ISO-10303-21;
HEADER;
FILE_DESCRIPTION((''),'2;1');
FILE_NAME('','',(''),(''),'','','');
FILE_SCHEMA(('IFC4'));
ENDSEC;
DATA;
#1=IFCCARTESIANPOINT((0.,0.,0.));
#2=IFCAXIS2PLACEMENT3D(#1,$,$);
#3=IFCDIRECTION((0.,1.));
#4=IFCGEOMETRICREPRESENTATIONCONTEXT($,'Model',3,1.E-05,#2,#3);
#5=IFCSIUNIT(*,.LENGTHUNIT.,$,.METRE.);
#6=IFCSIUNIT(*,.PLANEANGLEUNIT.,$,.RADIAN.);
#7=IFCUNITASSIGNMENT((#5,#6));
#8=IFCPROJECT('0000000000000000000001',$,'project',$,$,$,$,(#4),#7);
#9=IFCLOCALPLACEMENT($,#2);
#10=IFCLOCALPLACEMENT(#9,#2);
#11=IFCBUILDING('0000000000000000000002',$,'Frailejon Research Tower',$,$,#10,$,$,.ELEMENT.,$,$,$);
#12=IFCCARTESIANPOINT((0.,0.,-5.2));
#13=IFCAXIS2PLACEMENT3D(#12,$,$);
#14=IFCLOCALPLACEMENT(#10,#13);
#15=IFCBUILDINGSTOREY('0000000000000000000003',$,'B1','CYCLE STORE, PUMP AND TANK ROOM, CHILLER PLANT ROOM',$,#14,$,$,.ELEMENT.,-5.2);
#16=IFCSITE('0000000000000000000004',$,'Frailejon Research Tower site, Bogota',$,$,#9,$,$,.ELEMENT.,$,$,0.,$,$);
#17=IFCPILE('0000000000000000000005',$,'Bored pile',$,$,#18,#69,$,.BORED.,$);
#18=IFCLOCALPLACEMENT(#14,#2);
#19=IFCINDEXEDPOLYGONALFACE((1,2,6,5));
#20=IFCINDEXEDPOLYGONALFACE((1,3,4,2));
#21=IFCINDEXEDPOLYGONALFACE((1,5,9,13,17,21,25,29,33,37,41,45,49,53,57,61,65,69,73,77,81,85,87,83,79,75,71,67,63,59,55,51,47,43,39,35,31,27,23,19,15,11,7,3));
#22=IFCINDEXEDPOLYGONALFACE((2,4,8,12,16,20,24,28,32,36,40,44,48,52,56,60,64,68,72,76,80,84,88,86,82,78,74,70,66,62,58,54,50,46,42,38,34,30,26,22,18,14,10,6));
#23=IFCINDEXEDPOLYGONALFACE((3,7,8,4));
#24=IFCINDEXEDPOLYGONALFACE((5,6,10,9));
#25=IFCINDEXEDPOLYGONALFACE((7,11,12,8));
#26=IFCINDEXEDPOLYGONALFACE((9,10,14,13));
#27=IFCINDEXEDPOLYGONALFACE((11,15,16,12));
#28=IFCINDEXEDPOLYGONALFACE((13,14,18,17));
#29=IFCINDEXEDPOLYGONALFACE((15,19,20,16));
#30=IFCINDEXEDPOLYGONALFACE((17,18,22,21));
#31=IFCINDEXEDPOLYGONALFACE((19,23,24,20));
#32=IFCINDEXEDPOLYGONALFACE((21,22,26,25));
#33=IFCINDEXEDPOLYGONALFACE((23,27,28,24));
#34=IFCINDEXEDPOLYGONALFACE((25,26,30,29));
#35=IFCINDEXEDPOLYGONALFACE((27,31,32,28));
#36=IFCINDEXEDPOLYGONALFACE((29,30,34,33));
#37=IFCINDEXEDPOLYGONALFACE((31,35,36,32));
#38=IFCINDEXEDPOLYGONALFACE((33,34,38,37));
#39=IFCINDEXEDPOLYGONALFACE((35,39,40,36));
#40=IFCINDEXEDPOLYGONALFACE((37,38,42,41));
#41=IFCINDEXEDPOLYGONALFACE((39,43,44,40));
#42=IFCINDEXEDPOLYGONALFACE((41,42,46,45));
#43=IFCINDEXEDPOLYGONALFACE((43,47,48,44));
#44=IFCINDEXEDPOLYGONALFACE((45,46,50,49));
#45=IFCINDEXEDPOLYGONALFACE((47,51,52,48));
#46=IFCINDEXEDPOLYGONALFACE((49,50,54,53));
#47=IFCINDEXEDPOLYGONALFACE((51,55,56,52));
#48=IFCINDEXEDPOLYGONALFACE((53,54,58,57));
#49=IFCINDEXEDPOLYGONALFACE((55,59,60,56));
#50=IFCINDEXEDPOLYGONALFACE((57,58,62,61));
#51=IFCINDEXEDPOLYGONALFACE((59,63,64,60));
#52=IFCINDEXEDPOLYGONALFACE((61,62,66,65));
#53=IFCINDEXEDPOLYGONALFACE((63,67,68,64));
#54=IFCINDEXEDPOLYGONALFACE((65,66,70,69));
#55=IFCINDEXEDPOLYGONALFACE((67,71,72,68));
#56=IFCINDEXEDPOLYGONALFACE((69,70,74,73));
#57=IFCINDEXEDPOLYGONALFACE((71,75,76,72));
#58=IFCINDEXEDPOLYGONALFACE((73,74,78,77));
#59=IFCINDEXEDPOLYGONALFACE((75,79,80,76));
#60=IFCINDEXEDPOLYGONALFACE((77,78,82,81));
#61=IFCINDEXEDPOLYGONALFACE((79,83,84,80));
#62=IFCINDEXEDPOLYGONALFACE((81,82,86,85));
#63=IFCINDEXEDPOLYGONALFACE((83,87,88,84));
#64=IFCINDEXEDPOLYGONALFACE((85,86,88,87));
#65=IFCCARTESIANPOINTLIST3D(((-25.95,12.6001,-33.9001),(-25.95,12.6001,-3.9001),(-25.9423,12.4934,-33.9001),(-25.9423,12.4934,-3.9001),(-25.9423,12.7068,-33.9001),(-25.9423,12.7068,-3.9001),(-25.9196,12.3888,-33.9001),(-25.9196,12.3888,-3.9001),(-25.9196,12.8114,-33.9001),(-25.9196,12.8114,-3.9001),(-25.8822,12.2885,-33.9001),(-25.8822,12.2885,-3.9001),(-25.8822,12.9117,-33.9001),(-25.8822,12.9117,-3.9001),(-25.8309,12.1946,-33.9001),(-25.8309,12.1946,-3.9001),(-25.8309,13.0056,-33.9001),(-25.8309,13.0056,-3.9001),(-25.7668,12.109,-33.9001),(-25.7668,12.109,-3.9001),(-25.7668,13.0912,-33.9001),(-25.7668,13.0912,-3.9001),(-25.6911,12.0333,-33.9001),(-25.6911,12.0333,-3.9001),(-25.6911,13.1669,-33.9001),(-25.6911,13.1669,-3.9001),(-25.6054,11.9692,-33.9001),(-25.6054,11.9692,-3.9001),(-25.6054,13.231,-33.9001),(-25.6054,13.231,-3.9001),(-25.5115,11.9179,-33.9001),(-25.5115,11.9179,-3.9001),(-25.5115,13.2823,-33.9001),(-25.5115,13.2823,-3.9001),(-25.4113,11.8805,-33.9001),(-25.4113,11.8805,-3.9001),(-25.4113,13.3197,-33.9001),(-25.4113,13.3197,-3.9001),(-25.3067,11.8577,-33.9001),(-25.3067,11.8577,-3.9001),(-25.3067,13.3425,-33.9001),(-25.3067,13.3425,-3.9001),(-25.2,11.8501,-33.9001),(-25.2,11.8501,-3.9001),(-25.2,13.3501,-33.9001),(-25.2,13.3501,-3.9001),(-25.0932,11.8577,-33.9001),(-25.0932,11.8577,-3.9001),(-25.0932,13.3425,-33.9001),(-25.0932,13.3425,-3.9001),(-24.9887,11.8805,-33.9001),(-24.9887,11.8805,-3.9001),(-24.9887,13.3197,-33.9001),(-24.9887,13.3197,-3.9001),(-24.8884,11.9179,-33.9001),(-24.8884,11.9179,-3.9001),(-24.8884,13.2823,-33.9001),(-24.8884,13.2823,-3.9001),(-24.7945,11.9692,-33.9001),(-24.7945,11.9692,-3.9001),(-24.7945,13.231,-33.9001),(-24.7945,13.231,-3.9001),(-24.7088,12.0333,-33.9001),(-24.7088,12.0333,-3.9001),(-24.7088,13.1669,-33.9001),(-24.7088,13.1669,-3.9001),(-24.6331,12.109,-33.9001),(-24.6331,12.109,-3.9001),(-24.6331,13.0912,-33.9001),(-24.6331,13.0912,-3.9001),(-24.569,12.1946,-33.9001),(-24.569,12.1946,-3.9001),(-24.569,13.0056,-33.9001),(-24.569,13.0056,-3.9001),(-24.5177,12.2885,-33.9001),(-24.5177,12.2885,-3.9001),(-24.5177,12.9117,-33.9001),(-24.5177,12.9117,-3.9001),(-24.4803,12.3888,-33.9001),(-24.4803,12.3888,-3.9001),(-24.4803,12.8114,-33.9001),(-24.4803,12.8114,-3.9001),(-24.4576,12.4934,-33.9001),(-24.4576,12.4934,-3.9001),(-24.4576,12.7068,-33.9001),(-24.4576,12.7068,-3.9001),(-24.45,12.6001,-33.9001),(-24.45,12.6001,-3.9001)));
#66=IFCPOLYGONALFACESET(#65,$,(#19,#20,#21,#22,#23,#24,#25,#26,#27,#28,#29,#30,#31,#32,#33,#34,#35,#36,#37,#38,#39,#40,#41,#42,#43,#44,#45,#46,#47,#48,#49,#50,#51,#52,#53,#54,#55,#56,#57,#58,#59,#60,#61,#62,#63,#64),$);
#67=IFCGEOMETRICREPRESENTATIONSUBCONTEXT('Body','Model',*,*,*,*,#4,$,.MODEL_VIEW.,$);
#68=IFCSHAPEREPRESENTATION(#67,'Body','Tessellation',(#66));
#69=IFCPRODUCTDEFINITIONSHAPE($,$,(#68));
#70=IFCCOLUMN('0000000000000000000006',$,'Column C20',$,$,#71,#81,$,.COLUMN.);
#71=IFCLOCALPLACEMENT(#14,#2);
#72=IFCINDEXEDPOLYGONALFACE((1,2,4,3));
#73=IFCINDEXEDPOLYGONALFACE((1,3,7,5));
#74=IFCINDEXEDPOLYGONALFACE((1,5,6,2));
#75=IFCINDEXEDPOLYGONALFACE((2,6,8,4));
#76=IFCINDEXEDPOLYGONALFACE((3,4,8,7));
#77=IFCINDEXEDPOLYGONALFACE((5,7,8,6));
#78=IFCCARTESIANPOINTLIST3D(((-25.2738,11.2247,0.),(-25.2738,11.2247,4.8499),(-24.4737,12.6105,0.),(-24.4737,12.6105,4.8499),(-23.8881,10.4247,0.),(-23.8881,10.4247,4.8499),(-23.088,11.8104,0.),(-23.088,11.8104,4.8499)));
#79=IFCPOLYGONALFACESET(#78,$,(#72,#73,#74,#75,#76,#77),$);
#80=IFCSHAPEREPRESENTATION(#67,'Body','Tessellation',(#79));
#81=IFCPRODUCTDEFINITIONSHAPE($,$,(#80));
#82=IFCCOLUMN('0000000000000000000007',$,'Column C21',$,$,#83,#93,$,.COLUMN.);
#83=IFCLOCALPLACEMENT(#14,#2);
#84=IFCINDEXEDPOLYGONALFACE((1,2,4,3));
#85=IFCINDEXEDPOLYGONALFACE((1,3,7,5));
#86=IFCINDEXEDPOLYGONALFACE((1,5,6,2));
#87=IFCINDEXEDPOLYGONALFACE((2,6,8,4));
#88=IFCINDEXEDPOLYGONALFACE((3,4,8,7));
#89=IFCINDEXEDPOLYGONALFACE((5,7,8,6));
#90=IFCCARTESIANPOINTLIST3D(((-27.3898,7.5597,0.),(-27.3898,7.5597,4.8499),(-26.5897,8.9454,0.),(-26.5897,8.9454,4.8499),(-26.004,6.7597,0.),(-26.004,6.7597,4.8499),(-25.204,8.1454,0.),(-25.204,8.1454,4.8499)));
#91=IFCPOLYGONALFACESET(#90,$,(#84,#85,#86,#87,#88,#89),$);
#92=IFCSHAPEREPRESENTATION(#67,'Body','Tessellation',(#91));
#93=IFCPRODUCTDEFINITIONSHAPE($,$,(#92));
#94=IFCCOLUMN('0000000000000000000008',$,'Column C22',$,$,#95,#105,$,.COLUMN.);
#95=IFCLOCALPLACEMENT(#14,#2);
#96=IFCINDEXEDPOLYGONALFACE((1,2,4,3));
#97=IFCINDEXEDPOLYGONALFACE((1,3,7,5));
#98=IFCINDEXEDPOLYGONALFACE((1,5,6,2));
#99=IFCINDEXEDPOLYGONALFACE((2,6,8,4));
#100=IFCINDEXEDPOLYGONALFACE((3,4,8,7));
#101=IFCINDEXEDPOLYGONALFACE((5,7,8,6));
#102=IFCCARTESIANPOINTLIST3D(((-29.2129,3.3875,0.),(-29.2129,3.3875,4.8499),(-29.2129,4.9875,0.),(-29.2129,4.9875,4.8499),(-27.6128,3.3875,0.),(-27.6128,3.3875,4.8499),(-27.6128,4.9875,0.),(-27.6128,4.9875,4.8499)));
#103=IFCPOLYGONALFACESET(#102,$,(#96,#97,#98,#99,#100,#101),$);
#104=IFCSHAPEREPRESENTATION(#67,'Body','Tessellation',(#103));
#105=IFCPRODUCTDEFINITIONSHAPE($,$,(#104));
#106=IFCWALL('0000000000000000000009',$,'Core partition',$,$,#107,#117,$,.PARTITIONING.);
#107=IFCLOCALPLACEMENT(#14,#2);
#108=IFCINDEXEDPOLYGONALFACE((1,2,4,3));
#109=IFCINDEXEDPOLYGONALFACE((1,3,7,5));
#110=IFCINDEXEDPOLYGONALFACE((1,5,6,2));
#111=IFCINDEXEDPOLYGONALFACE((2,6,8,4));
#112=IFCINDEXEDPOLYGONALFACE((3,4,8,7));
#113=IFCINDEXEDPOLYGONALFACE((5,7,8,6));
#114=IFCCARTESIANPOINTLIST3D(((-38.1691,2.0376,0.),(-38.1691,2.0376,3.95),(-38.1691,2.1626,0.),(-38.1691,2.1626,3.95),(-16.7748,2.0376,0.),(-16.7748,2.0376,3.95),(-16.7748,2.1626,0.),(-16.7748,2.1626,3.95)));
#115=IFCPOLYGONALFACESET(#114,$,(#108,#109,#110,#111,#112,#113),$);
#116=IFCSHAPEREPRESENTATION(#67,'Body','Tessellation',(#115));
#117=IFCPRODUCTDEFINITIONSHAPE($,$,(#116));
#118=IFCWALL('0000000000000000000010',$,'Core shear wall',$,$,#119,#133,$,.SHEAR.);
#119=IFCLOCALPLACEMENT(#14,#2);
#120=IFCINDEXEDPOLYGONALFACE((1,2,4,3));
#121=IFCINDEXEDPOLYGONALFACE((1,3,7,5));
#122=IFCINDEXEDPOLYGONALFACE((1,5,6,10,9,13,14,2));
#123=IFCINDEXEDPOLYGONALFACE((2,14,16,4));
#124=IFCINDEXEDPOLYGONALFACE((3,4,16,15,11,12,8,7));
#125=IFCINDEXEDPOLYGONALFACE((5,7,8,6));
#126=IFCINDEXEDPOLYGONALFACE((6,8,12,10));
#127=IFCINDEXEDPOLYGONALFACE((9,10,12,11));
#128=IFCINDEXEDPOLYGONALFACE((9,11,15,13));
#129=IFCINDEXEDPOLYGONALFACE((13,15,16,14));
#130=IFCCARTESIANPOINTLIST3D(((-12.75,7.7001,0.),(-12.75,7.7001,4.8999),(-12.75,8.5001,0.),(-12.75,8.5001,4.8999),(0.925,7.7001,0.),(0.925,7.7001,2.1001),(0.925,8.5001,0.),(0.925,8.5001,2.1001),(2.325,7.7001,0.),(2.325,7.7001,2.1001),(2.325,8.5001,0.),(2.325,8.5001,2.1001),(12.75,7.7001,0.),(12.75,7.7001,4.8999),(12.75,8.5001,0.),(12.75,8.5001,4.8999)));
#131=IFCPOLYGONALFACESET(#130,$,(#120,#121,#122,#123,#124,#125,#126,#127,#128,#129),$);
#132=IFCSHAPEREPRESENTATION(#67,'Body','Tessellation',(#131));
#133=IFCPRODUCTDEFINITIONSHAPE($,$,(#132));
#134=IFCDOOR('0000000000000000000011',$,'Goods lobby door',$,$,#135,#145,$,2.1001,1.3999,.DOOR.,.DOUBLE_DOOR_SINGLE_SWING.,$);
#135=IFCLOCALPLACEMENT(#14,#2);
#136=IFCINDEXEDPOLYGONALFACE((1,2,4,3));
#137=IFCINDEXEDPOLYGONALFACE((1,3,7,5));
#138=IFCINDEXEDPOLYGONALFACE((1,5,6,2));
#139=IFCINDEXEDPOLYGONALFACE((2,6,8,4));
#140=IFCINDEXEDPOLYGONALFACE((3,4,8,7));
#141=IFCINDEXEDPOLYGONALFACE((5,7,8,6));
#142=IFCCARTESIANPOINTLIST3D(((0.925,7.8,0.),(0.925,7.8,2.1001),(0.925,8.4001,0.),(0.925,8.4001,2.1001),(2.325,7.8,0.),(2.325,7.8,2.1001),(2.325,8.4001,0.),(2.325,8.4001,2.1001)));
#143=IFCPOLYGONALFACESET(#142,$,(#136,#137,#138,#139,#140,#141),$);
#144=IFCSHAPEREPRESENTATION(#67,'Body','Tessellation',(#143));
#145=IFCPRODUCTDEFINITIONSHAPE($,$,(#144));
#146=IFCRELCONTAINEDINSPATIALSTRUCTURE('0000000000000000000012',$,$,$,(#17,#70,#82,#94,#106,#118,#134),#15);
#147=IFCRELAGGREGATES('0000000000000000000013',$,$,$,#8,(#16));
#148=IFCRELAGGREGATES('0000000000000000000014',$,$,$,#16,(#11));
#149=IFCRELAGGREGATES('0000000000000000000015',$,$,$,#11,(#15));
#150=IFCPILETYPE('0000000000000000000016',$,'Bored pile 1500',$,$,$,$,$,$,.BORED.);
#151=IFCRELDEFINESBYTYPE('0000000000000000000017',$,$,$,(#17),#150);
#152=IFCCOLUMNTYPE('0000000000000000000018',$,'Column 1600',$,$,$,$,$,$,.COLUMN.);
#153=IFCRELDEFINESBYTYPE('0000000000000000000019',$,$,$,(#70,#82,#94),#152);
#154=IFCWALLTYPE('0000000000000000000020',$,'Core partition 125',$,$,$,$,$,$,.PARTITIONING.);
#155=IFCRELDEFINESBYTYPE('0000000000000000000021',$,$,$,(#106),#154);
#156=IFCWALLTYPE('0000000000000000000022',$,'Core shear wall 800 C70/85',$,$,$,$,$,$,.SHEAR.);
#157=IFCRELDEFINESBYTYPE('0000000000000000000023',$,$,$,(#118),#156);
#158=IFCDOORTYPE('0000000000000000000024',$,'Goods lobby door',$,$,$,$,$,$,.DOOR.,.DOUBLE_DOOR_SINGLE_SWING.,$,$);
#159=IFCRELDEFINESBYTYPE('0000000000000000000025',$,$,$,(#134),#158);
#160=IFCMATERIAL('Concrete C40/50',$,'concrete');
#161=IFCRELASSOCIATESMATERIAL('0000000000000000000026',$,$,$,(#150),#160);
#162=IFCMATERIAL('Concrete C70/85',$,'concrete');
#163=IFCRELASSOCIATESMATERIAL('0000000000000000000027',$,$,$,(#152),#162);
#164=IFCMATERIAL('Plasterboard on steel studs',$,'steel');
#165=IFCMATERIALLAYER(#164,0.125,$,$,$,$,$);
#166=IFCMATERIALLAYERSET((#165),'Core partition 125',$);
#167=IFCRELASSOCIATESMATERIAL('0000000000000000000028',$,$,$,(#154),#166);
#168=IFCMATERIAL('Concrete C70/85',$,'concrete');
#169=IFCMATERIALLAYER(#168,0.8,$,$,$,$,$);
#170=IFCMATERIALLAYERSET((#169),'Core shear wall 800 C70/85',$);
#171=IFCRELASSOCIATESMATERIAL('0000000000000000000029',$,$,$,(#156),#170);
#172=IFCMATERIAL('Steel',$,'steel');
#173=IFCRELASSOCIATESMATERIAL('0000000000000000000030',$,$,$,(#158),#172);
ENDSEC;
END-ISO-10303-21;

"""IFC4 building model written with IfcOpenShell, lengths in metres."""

from ifc_helpers import new_model, si_unit, direction, frame, frame_2d, origin, origin_2d, place, context, subcontext, project, spatial, rectangle, circle, extrude, material, layer, layer_set, material_profile, profile_set, type_object, element, fill, save


model = new_model("IFC4")

# Units and contexts
model_context = context("Model", 3, precision=1e-05, world=origin(), true_north=direction((0.0, 1.0)))
body_context = subcontext(model_context, "Body", "Model", "MODEL_VIEW")
ifc_project = project(units=[si_unit("LENGTHUNIT", "METRE"), si_unit("PLANEANGLEUNIT", "RADIAN")], contexts=[model_context])

# Site, building, storey
site_placement = place(None, origin())
site = spatial("IfcSite", under=ifc_project, at=site_placement, Name="Frailejon Research Tower site, Bogota", CompositionType="ELEMENT", RefElevation=0.0)
building_placement = place(site_placement, origin())
building = spatial("IfcBuilding", under=site, at=building_placement, Name="Frailejon Research Tower", CompositionType="ELEMENT")
storey_placement = place(building_placement, frame((0.0, 0.0, -5.2)))
storey = spatial("IfcBuildingStorey", under=building, at=storey_placement, Name="B1", Description="CYCLE STORE, PUMP AND TANK ROOM, CHILLER PLANT ROOM", CompositionType="ELEMENT", Elevation=-5.2)

# Pile
ifc_material_1 = material(Name="Concrete C40/50", Category="concrete")
ifc_material_profile_1 = material_profile(ifc_material_1, circle(Radius=0.75, at=origin_2d()), Name="Bored pile 1500")
ifc_profile_set_1 = profile_set([ifc_material_profile_1], Name="Concrete C40/50")
pile_type = type_object("IfcPileType", Name="Bored pile 1500", PredefinedType="BORED", material=ifc_profile_set_1)
for number, where, z_axis, x_axis, name in (
    (1, (-25.2, 12.6001, -3.9001), (0.0, 0.0, -1.0), (1.0, 0.0, 0.0), "Bored pile"),
):
    element("IfcPile", number, at=place(storey_placement, frame(where, z_axis=z_axis, x_axis=x_axis)), inside=storey, type_object=pile_type, Name=name, PredefinedType="BORED", context=body_context, shape_type="SweptSolid", body=[
        extrude(circle(Radius=0.75, at=origin_2d()), origin(), (0.0, 0.0, 1.0), 30.0),
    ])

# Columns
ifc_material_2 = material(Name="Concrete C70/85", Category="concrete")
ifc_material_profile_2 = material_profile(ifc_material_2, rectangle(XDim=1.6001, YDim=1.6001, at=origin_2d()), Name="Column 1600")
ifc_profile_set_2 = profile_set([ifc_material_profile_2], Name="Concrete C70/85")
column_type = type_object("IfcColumnType", Name="Column 1600", PredefinedType="COLUMN", material=ifc_profile_set_2)
for number, where, z_axis, x_axis, name in (
    (2, (-24.1809, 11.5176, 0.0), (0.0, 0.0, 1.0), (-0.5, -0.866025, 0.0), "Column C20"),
    (3, (-26.2969, 7.8525, 0.0), (0.0, 0.0, 1.0), (-0.5, -0.866025, 0.0), "Column C21"),
    (4, (-28.4128, 4.1875, 0.0), (0.0, 0.0, 1.0), (0.0, -1.0, 0.0), "Column C22"),
):
    element("IfcColumn", number, at=place(storey_placement, frame(where, z_axis=z_axis, x_axis=x_axis)), inside=storey, type_object=column_type, Name=name, PredefinedType="COLUMN", context=body_context, shape_type="SweptSolid", body=[
        extrude(rectangle(XDim=1.6001, YDim=1.6001, at=origin_2d()), origin(), (0.0, 0.0, 1.0), 4.8499),
    ])

# Wall
ifc_material_3 = material(Name="Plasterboard on steel studs", Category="steel")
ifc_layer_1 = layer(ifc_material_3, 0.125)
ifc_layer_set_1 = layer_set([ifc_layer_1], Name="Core partition 125")
wall_type_1 = type_object("IfcWallType", Name="Core partition 125", PredefinedType="PARTITIONING", material=ifc_layer_set_1)
wall_1_placement = place(storey_placement, frame((-38.1692, 2.1001, 0.0), z_axis=(0.0, 0.0, 1.0), x_axis=(1.0, 0.0, 0.0)))
element("IfcWall", 5, at=wall_1_placement, inside=storey, type_object=wall_type_1, Name="Core partition", PredefinedType="PARTITIONING", context=body_context, shape_type="SweptSolid", body=[
    extrude(rectangle(XDim=21.3943, YDim=0.125, at=frame_2d((10.6973, 0.0))), origin(), (0.0, 0.0, 1.0), 3.95),
])

# Wall, opening, door
ifc_material_4 = material(Name="Concrete C70/85", Category="concrete")
ifc_layer_2 = layer(ifc_material_4, 0.8)
ifc_layer_set_2 = layer_set([ifc_layer_2], Name="Core shear wall 800 C70/85")
wall_type_2 = type_object("IfcWallType", Name="Core shear wall 800 C70/85", PredefinedType="SHEAR", material=ifc_layer_set_2)
wall_2_placement = place(storey_placement, frame((-12.75, 8.1001, 0.0), z_axis=(0.0, 0.0, 1.0), x_axis=(1.0, 0.0, 0.0)))
wall_2 = element("IfcWall", 6, at=wall_2_placement, inside=storey, type_object=wall_type_2, Name="Core shear wall", PredefinedType="SHEAR", context=body_context, shape_type="SweptSolid", body=[
    extrude(rectangle(XDim=25.5, YDim=0.8, at=frame_2d((12.75, 0.0))), origin(), (0.0, 0.0, 1.0), 4.8999),
])
opening_1_placement = place(wall_2_placement, frame((13.675, 0.0, 0.0)))
opening_1 = element("IfcOpeningElement", 7, at=opening_1_placement, cuts=wall_2, PredefinedType="OPENING", context=body_context, shape_type="SweptSolid", body=[
    extrude(rectangle(XDim=1.3999, YDim=2.1001, at=frame_2d((0.7, 1.05))), frame((0.0, 0.4099, 0.0), z_axis=(0.0, -1.0, 0.0), x_axis=(1.0, 0.0, 0.0)), (0.0, 0.0, 1.0), 0.8201),
])
ifc_material_5 = material(Name="Steel", Category="steel")
door_type_1 = type_object("IfcDoorType", Name="Goods lobby door", OperationType="DOUBLE_DOOR_SINGLE_SWING", PredefinedType="DOOR", material=ifc_material_5)
door_1_placement = place(opening_1_placement, origin())
door_1 = element("IfcDoor", 8, at=door_1_placement, inside=storey, type_object=door_type_1, Name="Goods lobby door", OperationType="DOUBLE_DOOR_SINGLE_SWING", OverallHeight=2.1001, OverallWidth=1.3999, PredefinedType="DOOR", context=body_context, shape_type="SweptSolid", body=[
    extrude(rectangle(XDim=1.3999, YDim=2.1001, at=frame_2d((0.7, 1.05))), frame((0.0, 0.3, 0.0), z_axis=(0.0, -1.0, 0.0), x_axis=(1.0, 0.0, 0.0)), (0.0, 0.0, 1.0), 0.6001),
])
fill(opening_1, door_1)

save(model, "model.ifc")
